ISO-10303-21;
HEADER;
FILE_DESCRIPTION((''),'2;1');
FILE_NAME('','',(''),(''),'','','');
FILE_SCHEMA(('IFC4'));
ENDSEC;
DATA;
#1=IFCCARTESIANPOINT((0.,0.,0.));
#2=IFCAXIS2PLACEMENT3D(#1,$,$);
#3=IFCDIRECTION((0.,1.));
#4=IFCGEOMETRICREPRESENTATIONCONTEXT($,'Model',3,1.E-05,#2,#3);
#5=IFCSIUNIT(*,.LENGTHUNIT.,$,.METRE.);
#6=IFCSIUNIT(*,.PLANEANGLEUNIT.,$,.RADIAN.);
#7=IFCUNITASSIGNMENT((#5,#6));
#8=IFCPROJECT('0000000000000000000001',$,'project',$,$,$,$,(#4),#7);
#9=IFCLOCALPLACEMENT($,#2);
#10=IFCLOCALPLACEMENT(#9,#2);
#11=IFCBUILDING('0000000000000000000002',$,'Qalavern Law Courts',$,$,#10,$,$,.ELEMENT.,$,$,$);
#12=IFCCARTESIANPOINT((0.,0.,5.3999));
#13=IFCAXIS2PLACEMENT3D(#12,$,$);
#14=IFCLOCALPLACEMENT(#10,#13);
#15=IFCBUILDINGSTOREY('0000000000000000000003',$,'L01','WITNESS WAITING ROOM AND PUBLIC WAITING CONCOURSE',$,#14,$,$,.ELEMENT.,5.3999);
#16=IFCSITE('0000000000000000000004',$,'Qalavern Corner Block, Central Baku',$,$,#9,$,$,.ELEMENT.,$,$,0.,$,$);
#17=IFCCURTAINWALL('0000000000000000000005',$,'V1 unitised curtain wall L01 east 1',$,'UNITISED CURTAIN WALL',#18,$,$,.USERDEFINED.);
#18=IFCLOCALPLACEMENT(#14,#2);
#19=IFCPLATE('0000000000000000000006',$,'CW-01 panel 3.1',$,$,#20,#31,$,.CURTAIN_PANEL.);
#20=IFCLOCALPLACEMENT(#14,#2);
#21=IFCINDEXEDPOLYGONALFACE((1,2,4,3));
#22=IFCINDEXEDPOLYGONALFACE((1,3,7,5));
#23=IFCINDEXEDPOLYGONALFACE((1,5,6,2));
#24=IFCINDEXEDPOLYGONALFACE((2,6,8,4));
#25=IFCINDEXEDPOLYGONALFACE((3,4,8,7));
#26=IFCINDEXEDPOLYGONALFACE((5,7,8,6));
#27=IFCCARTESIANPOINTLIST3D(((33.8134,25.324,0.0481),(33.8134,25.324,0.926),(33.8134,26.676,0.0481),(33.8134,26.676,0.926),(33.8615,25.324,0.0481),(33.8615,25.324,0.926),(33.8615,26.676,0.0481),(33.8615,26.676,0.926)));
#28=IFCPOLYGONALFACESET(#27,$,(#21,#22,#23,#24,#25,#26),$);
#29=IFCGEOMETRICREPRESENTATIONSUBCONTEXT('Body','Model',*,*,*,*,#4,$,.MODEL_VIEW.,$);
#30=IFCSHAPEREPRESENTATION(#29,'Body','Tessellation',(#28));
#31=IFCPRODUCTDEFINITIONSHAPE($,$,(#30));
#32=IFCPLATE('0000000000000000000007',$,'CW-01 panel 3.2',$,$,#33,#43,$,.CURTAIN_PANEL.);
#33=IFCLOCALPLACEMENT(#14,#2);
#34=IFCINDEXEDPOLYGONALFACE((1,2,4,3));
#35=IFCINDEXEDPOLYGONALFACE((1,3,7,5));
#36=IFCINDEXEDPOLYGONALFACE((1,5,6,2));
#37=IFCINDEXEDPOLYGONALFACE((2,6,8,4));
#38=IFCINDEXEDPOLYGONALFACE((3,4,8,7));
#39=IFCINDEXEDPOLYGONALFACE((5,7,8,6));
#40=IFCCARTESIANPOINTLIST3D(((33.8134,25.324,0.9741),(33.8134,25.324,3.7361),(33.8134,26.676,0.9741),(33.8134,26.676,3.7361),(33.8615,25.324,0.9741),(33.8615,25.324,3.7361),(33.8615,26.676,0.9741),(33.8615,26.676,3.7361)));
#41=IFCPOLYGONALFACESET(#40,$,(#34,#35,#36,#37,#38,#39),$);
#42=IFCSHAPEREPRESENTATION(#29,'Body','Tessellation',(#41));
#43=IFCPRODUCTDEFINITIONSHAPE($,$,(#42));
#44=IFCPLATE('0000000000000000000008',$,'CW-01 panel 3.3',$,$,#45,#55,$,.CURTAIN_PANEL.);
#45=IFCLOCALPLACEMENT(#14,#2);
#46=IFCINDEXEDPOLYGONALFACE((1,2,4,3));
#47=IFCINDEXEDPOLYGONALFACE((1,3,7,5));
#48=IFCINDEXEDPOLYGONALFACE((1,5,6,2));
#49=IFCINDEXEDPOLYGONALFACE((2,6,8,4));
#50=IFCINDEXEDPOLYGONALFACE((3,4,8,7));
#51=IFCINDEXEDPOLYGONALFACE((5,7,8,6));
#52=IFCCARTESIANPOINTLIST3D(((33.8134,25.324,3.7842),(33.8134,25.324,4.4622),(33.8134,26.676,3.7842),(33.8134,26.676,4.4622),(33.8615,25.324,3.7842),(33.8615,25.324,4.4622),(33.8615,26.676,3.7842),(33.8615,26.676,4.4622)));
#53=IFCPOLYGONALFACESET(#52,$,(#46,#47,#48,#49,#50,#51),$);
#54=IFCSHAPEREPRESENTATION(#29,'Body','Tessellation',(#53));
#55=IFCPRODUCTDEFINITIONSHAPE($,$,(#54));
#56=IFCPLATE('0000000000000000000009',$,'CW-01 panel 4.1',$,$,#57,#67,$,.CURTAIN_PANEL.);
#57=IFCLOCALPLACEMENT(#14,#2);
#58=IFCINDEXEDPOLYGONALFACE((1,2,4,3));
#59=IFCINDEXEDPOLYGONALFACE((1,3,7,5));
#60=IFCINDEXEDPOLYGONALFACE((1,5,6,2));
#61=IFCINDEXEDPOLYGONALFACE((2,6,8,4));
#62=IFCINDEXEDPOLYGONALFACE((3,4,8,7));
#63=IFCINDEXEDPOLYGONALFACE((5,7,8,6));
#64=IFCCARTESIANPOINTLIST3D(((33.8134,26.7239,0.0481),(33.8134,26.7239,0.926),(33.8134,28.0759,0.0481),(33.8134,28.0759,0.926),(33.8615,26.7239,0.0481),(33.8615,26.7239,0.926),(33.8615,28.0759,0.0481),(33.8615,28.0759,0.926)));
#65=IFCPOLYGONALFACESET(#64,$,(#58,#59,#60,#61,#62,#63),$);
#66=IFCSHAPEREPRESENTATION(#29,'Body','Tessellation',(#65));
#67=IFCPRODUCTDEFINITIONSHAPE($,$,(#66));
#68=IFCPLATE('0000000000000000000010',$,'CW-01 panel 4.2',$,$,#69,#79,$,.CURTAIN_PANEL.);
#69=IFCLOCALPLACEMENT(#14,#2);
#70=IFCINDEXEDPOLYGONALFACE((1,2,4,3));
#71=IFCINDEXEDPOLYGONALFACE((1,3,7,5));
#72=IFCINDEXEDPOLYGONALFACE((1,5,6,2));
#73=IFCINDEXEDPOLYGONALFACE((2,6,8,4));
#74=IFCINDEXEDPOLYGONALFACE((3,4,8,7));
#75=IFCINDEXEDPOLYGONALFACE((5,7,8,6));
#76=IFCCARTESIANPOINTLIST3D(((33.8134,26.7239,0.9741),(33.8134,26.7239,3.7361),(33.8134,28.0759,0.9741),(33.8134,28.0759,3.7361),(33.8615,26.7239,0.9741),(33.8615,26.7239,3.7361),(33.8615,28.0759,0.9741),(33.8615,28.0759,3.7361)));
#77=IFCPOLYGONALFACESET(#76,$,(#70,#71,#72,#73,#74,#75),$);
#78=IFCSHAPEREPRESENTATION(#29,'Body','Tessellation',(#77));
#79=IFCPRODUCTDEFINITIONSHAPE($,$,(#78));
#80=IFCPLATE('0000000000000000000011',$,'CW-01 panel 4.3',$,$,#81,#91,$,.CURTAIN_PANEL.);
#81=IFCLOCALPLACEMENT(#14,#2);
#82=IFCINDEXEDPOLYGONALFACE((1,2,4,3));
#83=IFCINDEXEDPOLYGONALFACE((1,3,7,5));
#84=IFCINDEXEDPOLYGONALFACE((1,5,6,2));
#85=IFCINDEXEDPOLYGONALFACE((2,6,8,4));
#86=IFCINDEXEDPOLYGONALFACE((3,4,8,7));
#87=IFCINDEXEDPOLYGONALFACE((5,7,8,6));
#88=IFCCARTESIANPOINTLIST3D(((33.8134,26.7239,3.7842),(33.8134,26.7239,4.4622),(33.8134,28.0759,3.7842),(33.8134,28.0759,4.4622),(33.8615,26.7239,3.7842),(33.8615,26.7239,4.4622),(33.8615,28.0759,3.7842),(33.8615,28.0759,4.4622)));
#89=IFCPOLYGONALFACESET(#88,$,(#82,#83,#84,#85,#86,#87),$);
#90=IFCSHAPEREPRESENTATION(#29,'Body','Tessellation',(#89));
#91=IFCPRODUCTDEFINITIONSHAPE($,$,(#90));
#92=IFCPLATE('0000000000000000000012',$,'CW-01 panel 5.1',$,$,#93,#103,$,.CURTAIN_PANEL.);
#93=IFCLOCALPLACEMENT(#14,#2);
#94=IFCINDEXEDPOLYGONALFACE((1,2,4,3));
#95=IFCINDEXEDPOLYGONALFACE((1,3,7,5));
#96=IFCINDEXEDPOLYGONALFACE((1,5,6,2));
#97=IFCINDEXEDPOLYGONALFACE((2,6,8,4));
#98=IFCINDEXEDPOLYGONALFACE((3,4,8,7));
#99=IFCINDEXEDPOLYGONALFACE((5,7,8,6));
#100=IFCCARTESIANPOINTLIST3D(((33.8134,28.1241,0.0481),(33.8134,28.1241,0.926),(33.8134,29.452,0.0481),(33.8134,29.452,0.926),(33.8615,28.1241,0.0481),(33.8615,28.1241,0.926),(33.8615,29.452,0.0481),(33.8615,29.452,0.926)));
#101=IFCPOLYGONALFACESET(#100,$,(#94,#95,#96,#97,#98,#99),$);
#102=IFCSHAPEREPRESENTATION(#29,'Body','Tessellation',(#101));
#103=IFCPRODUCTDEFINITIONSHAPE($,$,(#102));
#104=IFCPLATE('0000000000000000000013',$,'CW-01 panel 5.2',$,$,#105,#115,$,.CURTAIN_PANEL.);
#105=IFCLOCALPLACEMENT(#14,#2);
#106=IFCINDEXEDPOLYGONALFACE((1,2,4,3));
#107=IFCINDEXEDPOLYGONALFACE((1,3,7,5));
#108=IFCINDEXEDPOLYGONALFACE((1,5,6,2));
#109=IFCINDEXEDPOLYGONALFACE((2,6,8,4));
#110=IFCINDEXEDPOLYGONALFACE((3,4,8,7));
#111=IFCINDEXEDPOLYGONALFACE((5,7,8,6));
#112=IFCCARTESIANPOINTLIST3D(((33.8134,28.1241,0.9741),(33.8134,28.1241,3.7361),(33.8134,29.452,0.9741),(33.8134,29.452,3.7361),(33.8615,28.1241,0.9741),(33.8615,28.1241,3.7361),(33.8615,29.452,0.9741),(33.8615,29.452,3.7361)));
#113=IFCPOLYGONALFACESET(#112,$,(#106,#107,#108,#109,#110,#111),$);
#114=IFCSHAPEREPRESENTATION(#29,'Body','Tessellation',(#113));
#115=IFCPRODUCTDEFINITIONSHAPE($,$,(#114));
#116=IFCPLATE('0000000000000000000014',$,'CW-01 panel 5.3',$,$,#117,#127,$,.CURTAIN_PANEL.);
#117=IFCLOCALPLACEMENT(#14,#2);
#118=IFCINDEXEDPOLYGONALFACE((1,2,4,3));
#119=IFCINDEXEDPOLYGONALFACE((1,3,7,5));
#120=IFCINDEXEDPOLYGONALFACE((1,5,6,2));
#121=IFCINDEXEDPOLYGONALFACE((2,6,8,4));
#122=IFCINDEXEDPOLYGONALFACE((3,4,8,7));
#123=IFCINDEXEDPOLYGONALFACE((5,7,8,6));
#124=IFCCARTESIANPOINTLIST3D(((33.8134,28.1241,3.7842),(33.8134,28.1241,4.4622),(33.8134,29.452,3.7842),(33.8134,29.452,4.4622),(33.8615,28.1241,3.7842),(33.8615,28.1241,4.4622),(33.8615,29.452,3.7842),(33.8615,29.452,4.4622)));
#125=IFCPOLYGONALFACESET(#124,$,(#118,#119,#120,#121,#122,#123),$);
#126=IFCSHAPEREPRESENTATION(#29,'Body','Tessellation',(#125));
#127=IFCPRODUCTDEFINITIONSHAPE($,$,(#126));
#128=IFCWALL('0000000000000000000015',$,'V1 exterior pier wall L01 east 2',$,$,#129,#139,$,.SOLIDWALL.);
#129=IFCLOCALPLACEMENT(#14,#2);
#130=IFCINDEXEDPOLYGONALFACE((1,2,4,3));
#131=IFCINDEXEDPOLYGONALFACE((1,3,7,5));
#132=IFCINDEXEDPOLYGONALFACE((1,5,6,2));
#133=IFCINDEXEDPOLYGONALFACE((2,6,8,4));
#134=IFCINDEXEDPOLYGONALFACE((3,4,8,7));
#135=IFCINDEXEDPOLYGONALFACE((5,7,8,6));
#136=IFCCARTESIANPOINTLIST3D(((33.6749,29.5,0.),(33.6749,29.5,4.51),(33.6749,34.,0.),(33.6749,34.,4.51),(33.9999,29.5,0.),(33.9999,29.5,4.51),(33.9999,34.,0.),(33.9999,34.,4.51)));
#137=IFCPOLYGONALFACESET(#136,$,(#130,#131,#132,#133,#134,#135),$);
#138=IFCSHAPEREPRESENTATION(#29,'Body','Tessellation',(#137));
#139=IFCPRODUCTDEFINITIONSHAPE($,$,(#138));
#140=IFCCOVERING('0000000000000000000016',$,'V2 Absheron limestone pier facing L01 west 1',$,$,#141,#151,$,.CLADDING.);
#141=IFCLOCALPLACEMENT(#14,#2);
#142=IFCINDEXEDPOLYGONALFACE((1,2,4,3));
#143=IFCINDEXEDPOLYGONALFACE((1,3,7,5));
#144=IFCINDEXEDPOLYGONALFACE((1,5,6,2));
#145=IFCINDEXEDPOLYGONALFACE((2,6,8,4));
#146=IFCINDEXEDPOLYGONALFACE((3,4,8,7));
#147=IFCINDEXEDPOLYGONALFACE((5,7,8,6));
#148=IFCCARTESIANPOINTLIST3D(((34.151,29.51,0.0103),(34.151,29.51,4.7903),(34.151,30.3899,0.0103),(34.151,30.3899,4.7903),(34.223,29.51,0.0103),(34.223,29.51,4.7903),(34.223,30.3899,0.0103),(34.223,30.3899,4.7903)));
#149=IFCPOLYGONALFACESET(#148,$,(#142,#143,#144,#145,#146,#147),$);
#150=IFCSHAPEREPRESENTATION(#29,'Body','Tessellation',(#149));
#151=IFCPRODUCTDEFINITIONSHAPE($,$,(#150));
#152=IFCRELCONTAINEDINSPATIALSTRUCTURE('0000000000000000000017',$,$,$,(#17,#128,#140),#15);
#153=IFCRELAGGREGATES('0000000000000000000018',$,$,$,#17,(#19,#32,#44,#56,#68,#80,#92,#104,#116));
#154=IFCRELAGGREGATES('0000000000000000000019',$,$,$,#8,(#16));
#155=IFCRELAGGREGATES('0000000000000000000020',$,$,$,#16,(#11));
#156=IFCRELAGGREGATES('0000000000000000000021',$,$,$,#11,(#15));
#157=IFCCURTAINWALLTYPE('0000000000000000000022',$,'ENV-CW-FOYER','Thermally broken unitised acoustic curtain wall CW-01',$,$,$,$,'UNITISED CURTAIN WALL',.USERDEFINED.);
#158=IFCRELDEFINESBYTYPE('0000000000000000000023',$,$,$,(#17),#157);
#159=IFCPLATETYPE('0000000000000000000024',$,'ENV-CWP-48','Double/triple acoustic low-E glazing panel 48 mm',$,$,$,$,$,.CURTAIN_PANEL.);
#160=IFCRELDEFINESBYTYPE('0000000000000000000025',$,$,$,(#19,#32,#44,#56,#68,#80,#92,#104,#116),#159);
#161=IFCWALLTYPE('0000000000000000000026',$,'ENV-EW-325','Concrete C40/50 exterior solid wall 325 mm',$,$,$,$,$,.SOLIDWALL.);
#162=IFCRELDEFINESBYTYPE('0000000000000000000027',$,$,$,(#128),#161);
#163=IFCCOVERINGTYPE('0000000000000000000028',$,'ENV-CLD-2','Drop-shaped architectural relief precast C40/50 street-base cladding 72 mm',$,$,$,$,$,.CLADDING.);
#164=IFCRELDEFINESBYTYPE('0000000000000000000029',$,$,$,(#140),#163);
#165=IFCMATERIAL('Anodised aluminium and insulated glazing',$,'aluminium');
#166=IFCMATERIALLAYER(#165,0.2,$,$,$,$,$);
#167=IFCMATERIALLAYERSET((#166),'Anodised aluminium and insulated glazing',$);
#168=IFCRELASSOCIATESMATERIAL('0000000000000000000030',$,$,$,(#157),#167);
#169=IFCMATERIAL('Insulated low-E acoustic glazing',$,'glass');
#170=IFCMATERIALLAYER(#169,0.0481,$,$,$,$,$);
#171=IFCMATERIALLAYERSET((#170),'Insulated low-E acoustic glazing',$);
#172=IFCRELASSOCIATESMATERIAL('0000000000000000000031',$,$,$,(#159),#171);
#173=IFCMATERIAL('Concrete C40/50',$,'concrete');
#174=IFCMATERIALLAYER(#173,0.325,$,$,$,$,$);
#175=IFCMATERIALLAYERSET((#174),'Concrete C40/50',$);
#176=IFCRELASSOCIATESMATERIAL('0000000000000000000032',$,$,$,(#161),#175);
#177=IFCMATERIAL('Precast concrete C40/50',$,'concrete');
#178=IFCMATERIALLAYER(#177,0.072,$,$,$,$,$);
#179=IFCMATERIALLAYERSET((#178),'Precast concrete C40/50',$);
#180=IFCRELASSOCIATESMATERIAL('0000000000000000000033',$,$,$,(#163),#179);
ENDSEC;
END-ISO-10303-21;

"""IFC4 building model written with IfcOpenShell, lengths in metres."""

from ifc_helpers import new_model, si_unit, direction, frame, frame_2d, origin, origin_2d, place, context, subcontext, project, spatial, rectangle, extrude, material, layer, layer_set, type_object, element, aggregate, save


model = new_model("IFC4")

# Units and contexts
model_context = context("Model", 3, precision=1e-05, world=origin(), true_north=direction((0.0, 1.0)))
body_context = subcontext(model_context, "Body", "Model", "MODEL_VIEW")
ifc_project = project(units=[si_unit("LENGTHUNIT", "METRE"), si_unit("PLANEANGLEUNIT", "RADIAN")], contexts=[model_context])

# Site, building, storey
site_placement = place(None, origin())
site = spatial("IfcSite", under=ifc_project, at=site_placement, Name="Qalavern Corner Block, Central Baku", CompositionType="ELEMENT", RefElevation=0.0)
building_placement = place(site_placement, origin())
building = spatial("IfcBuilding", under=site, at=building_placement, Name="Qalavern Law Courts", CompositionType="ELEMENT")
storey_placement = place(building_placement, frame((0.0, 0.0, 5.3999)))
storey = spatial("IfcBuildingStorey", under=building, at=storey_placement, Name="L01", Description="WITNESS WAITING ROOM AND PUBLIC WAITING CONCOURSE", CompositionType="ELEMENT", Elevation=5.3999)

# Curtain wall, plates
ifc_material_1 = material(Name="Anodised aluminium and insulated glazing", Category="aluminium")
ifc_layer_1 = layer(ifc_material_1, 0.2)
ifc_layer_set_1 = layer_set([ifc_layer_1], Name="Anodised aluminium and insulated glazing")
curtain_wall_type = type_object("IfcCurtainWallType", Name="ENV-CW-FOYER", Description="Thermally broken unitised acoustic curtain wall CW-01", ElementType="UNITISED CURTAIN WALL", PredefinedType="USERDEFINED", material=ifc_layer_set_1)
curtain_wall_placement = place(storey_placement, origin())
curtain_wall = element("IfcCurtainWall", 1, at=curtain_wall_placement, inside=storey, type_object=curtain_wall_type, Name="V1 unitised curtain wall L01 east 1", ObjectType="UNITISED CURTAIN WALL", PredefinedType="USERDEFINED")
ifc_material_2 = material(Name="Insulated low-E acoustic glazing", Category="glass")
ifc_layer_2 = layer(ifc_material_2, 0.0481)
ifc_layer_set_2 = layer_set([ifc_layer_2], Name="Insulated low-E acoustic glazing")
plate_type = type_object("IfcPlateType", Name="ENV-CWP-48", Description="Double/triple acoustic low-E glazing panel 48 mm", PredefinedType="CURTAIN_PANEL", material=ifc_layer_set_2)
plate_1_placement = place(storey_placement, frame((33.8374, 26.0, 0.0481), z_axis=(0.0, 0.0, 1.0), x_axis=(0.0, 1.0, 0.0)))
plate_1 = element("IfcPlate", 2, at=plate_1_placement, type_object=plate_type, Name="CW-01 panel 3.1", PredefinedType="CURTAIN_PANEL", context=body_context, shape_type="SweptSolid", body=[
    extrude(rectangle(XDim=1.3521, YDim=0.0481, at=origin_2d()), origin(), (0.0, 0.0, 1.0), 0.8779),
])
plate_2_placement = place(storey_placement, frame((33.8374, 26.0, 0.9741), z_axis=(0.0, 0.0, 1.0), x_axis=(0.0, 1.0, 0.0)))
plate_2 = element("IfcPlate", 3, at=plate_2_placement, type_object=plate_type, Name="CW-01 panel 3.2", PredefinedType="CURTAIN_PANEL", context=body_context, shape_type="SweptSolid", body=[
    extrude(rectangle(XDim=1.3521, YDim=0.0481, at=origin_2d()), origin(), (0.0, 0.0, 1.0), 2.762),
])
plate_3_placement = place(storey_placement, frame((33.8374, 26.0, 3.7842), z_axis=(0.0, 0.0, 1.0), x_axis=(0.0, 1.0, 0.0)))
plate_3 = element("IfcPlate", 4, at=plate_3_placement, type_object=plate_type, Name="CW-01 panel 3.3", PredefinedType="CURTAIN_PANEL", context=body_context, shape_type="SweptSolid", body=[
    extrude(rectangle(XDim=1.3521, YDim=0.0481, at=origin_2d()), origin(), (0.0, 0.0, 1.0), 0.678),
])
plate_4_placement = place(storey_placement, frame((33.8374, 27.3999, 0.0481), z_axis=(0.0, 0.0, 1.0), x_axis=(0.0, 1.0, 0.0)))
plate_4 = element("IfcPlate", 5, at=plate_4_placement, type_object=plate_type, Name="CW-01 panel 4.1", PredefinedType="CURTAIN_PANEL", context=body_context, shape_type="SweptSolid", body=[
    extrude(rectangle(XDim=1.3521, YDim=0.0481, at=origin_2d()), origin(), (0.0, 0.0, 1.0), 0.8779),
])
plate_5_placement = place(storey_placement, frame((33.8374, 27.3999, 0.9741), z_axis=(0.0, 0.0, 1.0), x_axis=(0.0, 1.0, 0.0)))
plate_5 = element("IfcPlate", 6, at=plate_5_placement, type_object=plate_type, Name="CW-01 panel 4.2", PredefinedType="CURTAIN_PANEL", context=body_context, shape_type="SweptSolid", body=[
    extrude(rectangle(XDim=1.3521, YDim=0.0481, at=origin_2d()), origin(), (0.0, 0.0, 1.0), 2.762),
])
plate_6_placement = place(storey_placement, frame((33.8374, 27.3999, 3.7842), z_axis=(0.0, 0.0, 1.0), x_axis=(0.0, 1.0, 0.0)))
plate_6 = element("IfcPlate", 7, at=plate_6_placement, type_object=plate_type, Name="CW-01 panel 4.3", PredefinedType="CURTAIN_PANEL", context=body_context, shape_type="SweptSolid", body=[
    extrude(rectangle(XDim=1.3521, YDim=0.0481, at=origin_2d()), origin(), (0.0, 0.0, 1.0), 0.678),
])
plate_7_placement = place(storey_placement, frame((33.8374, 28.7881, 0.0481), z_axis=(0.0, 0.0, 1.0), x_axis=(0.0, 1.0, 0.0)))
plate_7 = element("IfcPlate", 8, at=plate_7_placement, type_object=plate_type, Name="CW-01 panel 5.1", PredefinedType="CURTAIN_PANEL", context=body_context, shape_type="SweptSolid", body=[
    extrude(rectangle(XDim=1.3279, YDim=0.0481, at=origin_2d()), origin(), (0.0, 0.0, 1.0), 0.8779),
])
plate_8_placement = place(storey_placement, frame((33.8374, 28.7881, 0.9741), z_axis=(0.0, 0.0, 1.0), x_axis=(0.0, 1.0, 0.0)))
plate_8 = element("IfcPlate", 9, at=plate_8_placement, type_object=plate_type, Name="CW-01 panel 5.2", PredefinedType="CURTAIN_PANEL", context=body_context, shape_type="SweptSolid", body=[
    extrude(rectangle(XDim=1.3279, YDim=0.0481, at=origin_2d()), origin(), (0.0, 0.0, 1.0), 2.762),
])
plate_9_placement = place(storey_placement, frame((33.8374, 28.7881, 3.7842), z_axis=(0.0, 0.0, 1.0), x_axis=(0.0, 1.0, 0.0)))
plate_9 = element("IfcPlate", 10, at=plate_9_placement, type_object=plate_type, Name="CW-01 panel 5.3", PredefinedType="CURTAIN_PANEL", context=body_context, shape_type="SweptSolid", body=[
    extrude(rectangle(XDim=1.3279, YDim=0.0481, at=origin_2d()), origin(), (0.0, 0.0, 1.0), 0.678),
])
aggregate(curtain_wall, [plate_1, plate_2, plate_3, plate_4, plate_5, plate_6, plate_7, plate_8, plate_9])

# Wall
ifc_material_3 = material(Name="Concrete C40/50", Category="concrete")
ifc_layer_3 = layer(ifc_material_3, 0.325)
ifc_layer_set_3 = layer_set([ifc_layer_3], Name="Concrete C40/50")
wall_type = type_object("IfcWallType", Name="ENV-EW-325", Description="Concrete C40/50 exterior solid wall 325 mm", PredefinedType="SOLIDWALL", material=ifc_layer_set_3)
wall_placement = place(storey_placement, frame((33.8374, 29.5, 0.0), z_axis=(0.0, 0.0, 1.0), x_axis=(0.0, 1.0, 0.0)))
element("IfcWall", 11, at=wall_placement, inside=storey, type_object=wall_type, Name="V1 exterior pier wall L01 east 2", PredefinedType="SOLIDWALL", context=body_context, shape_type="SweptSolid", body=[
    extrude(rectangle(XDim=4.5, YDim=0.325, at=frame_2d((2.25, 0.0))), origin(), (0.0, 0.0, 1.0), 4.51),
])

# Covering
ifc_material_4 = material(Name="Precast concrete C40/50", Category="concrete")
ifc_layer_4 = layer(ifc_material_4, 0.072)
ifc_layer_set_4 = layer_set([ifc_layer_4], Name="Precast concrete C40/50")
covering_type = type_object("IfcCoveringType", Name="ENV-CLD-2", Description="Drop-shaped architectural relief precast C40/50 street-base cladding 72 mm", PredefinedType="CLADDING", material=ifc_layer_set_4)
covering_placement = place(storey_placement, frame((34.187, 29.95, 0.0103), z_axis=(0.0, 0.0, 1.0), x_axis=(0.0, -1.0, 0.0)))
element("IfcCovering", 12, at=covering_placement, inside=storey, type_object=covering_type, Name="V2 Absheron limestone pier facing L01 west 1", PredefinedType="CLADDING", context=body_context, shape_type="SweptSolid", body=[
    extrude(rectangle(XDim=0.8799, YDim=0.072, at=origin_2d()), origin(), (0.0, 0.0, 1.0), 4.78),
])

save(model, "model.ifc")
